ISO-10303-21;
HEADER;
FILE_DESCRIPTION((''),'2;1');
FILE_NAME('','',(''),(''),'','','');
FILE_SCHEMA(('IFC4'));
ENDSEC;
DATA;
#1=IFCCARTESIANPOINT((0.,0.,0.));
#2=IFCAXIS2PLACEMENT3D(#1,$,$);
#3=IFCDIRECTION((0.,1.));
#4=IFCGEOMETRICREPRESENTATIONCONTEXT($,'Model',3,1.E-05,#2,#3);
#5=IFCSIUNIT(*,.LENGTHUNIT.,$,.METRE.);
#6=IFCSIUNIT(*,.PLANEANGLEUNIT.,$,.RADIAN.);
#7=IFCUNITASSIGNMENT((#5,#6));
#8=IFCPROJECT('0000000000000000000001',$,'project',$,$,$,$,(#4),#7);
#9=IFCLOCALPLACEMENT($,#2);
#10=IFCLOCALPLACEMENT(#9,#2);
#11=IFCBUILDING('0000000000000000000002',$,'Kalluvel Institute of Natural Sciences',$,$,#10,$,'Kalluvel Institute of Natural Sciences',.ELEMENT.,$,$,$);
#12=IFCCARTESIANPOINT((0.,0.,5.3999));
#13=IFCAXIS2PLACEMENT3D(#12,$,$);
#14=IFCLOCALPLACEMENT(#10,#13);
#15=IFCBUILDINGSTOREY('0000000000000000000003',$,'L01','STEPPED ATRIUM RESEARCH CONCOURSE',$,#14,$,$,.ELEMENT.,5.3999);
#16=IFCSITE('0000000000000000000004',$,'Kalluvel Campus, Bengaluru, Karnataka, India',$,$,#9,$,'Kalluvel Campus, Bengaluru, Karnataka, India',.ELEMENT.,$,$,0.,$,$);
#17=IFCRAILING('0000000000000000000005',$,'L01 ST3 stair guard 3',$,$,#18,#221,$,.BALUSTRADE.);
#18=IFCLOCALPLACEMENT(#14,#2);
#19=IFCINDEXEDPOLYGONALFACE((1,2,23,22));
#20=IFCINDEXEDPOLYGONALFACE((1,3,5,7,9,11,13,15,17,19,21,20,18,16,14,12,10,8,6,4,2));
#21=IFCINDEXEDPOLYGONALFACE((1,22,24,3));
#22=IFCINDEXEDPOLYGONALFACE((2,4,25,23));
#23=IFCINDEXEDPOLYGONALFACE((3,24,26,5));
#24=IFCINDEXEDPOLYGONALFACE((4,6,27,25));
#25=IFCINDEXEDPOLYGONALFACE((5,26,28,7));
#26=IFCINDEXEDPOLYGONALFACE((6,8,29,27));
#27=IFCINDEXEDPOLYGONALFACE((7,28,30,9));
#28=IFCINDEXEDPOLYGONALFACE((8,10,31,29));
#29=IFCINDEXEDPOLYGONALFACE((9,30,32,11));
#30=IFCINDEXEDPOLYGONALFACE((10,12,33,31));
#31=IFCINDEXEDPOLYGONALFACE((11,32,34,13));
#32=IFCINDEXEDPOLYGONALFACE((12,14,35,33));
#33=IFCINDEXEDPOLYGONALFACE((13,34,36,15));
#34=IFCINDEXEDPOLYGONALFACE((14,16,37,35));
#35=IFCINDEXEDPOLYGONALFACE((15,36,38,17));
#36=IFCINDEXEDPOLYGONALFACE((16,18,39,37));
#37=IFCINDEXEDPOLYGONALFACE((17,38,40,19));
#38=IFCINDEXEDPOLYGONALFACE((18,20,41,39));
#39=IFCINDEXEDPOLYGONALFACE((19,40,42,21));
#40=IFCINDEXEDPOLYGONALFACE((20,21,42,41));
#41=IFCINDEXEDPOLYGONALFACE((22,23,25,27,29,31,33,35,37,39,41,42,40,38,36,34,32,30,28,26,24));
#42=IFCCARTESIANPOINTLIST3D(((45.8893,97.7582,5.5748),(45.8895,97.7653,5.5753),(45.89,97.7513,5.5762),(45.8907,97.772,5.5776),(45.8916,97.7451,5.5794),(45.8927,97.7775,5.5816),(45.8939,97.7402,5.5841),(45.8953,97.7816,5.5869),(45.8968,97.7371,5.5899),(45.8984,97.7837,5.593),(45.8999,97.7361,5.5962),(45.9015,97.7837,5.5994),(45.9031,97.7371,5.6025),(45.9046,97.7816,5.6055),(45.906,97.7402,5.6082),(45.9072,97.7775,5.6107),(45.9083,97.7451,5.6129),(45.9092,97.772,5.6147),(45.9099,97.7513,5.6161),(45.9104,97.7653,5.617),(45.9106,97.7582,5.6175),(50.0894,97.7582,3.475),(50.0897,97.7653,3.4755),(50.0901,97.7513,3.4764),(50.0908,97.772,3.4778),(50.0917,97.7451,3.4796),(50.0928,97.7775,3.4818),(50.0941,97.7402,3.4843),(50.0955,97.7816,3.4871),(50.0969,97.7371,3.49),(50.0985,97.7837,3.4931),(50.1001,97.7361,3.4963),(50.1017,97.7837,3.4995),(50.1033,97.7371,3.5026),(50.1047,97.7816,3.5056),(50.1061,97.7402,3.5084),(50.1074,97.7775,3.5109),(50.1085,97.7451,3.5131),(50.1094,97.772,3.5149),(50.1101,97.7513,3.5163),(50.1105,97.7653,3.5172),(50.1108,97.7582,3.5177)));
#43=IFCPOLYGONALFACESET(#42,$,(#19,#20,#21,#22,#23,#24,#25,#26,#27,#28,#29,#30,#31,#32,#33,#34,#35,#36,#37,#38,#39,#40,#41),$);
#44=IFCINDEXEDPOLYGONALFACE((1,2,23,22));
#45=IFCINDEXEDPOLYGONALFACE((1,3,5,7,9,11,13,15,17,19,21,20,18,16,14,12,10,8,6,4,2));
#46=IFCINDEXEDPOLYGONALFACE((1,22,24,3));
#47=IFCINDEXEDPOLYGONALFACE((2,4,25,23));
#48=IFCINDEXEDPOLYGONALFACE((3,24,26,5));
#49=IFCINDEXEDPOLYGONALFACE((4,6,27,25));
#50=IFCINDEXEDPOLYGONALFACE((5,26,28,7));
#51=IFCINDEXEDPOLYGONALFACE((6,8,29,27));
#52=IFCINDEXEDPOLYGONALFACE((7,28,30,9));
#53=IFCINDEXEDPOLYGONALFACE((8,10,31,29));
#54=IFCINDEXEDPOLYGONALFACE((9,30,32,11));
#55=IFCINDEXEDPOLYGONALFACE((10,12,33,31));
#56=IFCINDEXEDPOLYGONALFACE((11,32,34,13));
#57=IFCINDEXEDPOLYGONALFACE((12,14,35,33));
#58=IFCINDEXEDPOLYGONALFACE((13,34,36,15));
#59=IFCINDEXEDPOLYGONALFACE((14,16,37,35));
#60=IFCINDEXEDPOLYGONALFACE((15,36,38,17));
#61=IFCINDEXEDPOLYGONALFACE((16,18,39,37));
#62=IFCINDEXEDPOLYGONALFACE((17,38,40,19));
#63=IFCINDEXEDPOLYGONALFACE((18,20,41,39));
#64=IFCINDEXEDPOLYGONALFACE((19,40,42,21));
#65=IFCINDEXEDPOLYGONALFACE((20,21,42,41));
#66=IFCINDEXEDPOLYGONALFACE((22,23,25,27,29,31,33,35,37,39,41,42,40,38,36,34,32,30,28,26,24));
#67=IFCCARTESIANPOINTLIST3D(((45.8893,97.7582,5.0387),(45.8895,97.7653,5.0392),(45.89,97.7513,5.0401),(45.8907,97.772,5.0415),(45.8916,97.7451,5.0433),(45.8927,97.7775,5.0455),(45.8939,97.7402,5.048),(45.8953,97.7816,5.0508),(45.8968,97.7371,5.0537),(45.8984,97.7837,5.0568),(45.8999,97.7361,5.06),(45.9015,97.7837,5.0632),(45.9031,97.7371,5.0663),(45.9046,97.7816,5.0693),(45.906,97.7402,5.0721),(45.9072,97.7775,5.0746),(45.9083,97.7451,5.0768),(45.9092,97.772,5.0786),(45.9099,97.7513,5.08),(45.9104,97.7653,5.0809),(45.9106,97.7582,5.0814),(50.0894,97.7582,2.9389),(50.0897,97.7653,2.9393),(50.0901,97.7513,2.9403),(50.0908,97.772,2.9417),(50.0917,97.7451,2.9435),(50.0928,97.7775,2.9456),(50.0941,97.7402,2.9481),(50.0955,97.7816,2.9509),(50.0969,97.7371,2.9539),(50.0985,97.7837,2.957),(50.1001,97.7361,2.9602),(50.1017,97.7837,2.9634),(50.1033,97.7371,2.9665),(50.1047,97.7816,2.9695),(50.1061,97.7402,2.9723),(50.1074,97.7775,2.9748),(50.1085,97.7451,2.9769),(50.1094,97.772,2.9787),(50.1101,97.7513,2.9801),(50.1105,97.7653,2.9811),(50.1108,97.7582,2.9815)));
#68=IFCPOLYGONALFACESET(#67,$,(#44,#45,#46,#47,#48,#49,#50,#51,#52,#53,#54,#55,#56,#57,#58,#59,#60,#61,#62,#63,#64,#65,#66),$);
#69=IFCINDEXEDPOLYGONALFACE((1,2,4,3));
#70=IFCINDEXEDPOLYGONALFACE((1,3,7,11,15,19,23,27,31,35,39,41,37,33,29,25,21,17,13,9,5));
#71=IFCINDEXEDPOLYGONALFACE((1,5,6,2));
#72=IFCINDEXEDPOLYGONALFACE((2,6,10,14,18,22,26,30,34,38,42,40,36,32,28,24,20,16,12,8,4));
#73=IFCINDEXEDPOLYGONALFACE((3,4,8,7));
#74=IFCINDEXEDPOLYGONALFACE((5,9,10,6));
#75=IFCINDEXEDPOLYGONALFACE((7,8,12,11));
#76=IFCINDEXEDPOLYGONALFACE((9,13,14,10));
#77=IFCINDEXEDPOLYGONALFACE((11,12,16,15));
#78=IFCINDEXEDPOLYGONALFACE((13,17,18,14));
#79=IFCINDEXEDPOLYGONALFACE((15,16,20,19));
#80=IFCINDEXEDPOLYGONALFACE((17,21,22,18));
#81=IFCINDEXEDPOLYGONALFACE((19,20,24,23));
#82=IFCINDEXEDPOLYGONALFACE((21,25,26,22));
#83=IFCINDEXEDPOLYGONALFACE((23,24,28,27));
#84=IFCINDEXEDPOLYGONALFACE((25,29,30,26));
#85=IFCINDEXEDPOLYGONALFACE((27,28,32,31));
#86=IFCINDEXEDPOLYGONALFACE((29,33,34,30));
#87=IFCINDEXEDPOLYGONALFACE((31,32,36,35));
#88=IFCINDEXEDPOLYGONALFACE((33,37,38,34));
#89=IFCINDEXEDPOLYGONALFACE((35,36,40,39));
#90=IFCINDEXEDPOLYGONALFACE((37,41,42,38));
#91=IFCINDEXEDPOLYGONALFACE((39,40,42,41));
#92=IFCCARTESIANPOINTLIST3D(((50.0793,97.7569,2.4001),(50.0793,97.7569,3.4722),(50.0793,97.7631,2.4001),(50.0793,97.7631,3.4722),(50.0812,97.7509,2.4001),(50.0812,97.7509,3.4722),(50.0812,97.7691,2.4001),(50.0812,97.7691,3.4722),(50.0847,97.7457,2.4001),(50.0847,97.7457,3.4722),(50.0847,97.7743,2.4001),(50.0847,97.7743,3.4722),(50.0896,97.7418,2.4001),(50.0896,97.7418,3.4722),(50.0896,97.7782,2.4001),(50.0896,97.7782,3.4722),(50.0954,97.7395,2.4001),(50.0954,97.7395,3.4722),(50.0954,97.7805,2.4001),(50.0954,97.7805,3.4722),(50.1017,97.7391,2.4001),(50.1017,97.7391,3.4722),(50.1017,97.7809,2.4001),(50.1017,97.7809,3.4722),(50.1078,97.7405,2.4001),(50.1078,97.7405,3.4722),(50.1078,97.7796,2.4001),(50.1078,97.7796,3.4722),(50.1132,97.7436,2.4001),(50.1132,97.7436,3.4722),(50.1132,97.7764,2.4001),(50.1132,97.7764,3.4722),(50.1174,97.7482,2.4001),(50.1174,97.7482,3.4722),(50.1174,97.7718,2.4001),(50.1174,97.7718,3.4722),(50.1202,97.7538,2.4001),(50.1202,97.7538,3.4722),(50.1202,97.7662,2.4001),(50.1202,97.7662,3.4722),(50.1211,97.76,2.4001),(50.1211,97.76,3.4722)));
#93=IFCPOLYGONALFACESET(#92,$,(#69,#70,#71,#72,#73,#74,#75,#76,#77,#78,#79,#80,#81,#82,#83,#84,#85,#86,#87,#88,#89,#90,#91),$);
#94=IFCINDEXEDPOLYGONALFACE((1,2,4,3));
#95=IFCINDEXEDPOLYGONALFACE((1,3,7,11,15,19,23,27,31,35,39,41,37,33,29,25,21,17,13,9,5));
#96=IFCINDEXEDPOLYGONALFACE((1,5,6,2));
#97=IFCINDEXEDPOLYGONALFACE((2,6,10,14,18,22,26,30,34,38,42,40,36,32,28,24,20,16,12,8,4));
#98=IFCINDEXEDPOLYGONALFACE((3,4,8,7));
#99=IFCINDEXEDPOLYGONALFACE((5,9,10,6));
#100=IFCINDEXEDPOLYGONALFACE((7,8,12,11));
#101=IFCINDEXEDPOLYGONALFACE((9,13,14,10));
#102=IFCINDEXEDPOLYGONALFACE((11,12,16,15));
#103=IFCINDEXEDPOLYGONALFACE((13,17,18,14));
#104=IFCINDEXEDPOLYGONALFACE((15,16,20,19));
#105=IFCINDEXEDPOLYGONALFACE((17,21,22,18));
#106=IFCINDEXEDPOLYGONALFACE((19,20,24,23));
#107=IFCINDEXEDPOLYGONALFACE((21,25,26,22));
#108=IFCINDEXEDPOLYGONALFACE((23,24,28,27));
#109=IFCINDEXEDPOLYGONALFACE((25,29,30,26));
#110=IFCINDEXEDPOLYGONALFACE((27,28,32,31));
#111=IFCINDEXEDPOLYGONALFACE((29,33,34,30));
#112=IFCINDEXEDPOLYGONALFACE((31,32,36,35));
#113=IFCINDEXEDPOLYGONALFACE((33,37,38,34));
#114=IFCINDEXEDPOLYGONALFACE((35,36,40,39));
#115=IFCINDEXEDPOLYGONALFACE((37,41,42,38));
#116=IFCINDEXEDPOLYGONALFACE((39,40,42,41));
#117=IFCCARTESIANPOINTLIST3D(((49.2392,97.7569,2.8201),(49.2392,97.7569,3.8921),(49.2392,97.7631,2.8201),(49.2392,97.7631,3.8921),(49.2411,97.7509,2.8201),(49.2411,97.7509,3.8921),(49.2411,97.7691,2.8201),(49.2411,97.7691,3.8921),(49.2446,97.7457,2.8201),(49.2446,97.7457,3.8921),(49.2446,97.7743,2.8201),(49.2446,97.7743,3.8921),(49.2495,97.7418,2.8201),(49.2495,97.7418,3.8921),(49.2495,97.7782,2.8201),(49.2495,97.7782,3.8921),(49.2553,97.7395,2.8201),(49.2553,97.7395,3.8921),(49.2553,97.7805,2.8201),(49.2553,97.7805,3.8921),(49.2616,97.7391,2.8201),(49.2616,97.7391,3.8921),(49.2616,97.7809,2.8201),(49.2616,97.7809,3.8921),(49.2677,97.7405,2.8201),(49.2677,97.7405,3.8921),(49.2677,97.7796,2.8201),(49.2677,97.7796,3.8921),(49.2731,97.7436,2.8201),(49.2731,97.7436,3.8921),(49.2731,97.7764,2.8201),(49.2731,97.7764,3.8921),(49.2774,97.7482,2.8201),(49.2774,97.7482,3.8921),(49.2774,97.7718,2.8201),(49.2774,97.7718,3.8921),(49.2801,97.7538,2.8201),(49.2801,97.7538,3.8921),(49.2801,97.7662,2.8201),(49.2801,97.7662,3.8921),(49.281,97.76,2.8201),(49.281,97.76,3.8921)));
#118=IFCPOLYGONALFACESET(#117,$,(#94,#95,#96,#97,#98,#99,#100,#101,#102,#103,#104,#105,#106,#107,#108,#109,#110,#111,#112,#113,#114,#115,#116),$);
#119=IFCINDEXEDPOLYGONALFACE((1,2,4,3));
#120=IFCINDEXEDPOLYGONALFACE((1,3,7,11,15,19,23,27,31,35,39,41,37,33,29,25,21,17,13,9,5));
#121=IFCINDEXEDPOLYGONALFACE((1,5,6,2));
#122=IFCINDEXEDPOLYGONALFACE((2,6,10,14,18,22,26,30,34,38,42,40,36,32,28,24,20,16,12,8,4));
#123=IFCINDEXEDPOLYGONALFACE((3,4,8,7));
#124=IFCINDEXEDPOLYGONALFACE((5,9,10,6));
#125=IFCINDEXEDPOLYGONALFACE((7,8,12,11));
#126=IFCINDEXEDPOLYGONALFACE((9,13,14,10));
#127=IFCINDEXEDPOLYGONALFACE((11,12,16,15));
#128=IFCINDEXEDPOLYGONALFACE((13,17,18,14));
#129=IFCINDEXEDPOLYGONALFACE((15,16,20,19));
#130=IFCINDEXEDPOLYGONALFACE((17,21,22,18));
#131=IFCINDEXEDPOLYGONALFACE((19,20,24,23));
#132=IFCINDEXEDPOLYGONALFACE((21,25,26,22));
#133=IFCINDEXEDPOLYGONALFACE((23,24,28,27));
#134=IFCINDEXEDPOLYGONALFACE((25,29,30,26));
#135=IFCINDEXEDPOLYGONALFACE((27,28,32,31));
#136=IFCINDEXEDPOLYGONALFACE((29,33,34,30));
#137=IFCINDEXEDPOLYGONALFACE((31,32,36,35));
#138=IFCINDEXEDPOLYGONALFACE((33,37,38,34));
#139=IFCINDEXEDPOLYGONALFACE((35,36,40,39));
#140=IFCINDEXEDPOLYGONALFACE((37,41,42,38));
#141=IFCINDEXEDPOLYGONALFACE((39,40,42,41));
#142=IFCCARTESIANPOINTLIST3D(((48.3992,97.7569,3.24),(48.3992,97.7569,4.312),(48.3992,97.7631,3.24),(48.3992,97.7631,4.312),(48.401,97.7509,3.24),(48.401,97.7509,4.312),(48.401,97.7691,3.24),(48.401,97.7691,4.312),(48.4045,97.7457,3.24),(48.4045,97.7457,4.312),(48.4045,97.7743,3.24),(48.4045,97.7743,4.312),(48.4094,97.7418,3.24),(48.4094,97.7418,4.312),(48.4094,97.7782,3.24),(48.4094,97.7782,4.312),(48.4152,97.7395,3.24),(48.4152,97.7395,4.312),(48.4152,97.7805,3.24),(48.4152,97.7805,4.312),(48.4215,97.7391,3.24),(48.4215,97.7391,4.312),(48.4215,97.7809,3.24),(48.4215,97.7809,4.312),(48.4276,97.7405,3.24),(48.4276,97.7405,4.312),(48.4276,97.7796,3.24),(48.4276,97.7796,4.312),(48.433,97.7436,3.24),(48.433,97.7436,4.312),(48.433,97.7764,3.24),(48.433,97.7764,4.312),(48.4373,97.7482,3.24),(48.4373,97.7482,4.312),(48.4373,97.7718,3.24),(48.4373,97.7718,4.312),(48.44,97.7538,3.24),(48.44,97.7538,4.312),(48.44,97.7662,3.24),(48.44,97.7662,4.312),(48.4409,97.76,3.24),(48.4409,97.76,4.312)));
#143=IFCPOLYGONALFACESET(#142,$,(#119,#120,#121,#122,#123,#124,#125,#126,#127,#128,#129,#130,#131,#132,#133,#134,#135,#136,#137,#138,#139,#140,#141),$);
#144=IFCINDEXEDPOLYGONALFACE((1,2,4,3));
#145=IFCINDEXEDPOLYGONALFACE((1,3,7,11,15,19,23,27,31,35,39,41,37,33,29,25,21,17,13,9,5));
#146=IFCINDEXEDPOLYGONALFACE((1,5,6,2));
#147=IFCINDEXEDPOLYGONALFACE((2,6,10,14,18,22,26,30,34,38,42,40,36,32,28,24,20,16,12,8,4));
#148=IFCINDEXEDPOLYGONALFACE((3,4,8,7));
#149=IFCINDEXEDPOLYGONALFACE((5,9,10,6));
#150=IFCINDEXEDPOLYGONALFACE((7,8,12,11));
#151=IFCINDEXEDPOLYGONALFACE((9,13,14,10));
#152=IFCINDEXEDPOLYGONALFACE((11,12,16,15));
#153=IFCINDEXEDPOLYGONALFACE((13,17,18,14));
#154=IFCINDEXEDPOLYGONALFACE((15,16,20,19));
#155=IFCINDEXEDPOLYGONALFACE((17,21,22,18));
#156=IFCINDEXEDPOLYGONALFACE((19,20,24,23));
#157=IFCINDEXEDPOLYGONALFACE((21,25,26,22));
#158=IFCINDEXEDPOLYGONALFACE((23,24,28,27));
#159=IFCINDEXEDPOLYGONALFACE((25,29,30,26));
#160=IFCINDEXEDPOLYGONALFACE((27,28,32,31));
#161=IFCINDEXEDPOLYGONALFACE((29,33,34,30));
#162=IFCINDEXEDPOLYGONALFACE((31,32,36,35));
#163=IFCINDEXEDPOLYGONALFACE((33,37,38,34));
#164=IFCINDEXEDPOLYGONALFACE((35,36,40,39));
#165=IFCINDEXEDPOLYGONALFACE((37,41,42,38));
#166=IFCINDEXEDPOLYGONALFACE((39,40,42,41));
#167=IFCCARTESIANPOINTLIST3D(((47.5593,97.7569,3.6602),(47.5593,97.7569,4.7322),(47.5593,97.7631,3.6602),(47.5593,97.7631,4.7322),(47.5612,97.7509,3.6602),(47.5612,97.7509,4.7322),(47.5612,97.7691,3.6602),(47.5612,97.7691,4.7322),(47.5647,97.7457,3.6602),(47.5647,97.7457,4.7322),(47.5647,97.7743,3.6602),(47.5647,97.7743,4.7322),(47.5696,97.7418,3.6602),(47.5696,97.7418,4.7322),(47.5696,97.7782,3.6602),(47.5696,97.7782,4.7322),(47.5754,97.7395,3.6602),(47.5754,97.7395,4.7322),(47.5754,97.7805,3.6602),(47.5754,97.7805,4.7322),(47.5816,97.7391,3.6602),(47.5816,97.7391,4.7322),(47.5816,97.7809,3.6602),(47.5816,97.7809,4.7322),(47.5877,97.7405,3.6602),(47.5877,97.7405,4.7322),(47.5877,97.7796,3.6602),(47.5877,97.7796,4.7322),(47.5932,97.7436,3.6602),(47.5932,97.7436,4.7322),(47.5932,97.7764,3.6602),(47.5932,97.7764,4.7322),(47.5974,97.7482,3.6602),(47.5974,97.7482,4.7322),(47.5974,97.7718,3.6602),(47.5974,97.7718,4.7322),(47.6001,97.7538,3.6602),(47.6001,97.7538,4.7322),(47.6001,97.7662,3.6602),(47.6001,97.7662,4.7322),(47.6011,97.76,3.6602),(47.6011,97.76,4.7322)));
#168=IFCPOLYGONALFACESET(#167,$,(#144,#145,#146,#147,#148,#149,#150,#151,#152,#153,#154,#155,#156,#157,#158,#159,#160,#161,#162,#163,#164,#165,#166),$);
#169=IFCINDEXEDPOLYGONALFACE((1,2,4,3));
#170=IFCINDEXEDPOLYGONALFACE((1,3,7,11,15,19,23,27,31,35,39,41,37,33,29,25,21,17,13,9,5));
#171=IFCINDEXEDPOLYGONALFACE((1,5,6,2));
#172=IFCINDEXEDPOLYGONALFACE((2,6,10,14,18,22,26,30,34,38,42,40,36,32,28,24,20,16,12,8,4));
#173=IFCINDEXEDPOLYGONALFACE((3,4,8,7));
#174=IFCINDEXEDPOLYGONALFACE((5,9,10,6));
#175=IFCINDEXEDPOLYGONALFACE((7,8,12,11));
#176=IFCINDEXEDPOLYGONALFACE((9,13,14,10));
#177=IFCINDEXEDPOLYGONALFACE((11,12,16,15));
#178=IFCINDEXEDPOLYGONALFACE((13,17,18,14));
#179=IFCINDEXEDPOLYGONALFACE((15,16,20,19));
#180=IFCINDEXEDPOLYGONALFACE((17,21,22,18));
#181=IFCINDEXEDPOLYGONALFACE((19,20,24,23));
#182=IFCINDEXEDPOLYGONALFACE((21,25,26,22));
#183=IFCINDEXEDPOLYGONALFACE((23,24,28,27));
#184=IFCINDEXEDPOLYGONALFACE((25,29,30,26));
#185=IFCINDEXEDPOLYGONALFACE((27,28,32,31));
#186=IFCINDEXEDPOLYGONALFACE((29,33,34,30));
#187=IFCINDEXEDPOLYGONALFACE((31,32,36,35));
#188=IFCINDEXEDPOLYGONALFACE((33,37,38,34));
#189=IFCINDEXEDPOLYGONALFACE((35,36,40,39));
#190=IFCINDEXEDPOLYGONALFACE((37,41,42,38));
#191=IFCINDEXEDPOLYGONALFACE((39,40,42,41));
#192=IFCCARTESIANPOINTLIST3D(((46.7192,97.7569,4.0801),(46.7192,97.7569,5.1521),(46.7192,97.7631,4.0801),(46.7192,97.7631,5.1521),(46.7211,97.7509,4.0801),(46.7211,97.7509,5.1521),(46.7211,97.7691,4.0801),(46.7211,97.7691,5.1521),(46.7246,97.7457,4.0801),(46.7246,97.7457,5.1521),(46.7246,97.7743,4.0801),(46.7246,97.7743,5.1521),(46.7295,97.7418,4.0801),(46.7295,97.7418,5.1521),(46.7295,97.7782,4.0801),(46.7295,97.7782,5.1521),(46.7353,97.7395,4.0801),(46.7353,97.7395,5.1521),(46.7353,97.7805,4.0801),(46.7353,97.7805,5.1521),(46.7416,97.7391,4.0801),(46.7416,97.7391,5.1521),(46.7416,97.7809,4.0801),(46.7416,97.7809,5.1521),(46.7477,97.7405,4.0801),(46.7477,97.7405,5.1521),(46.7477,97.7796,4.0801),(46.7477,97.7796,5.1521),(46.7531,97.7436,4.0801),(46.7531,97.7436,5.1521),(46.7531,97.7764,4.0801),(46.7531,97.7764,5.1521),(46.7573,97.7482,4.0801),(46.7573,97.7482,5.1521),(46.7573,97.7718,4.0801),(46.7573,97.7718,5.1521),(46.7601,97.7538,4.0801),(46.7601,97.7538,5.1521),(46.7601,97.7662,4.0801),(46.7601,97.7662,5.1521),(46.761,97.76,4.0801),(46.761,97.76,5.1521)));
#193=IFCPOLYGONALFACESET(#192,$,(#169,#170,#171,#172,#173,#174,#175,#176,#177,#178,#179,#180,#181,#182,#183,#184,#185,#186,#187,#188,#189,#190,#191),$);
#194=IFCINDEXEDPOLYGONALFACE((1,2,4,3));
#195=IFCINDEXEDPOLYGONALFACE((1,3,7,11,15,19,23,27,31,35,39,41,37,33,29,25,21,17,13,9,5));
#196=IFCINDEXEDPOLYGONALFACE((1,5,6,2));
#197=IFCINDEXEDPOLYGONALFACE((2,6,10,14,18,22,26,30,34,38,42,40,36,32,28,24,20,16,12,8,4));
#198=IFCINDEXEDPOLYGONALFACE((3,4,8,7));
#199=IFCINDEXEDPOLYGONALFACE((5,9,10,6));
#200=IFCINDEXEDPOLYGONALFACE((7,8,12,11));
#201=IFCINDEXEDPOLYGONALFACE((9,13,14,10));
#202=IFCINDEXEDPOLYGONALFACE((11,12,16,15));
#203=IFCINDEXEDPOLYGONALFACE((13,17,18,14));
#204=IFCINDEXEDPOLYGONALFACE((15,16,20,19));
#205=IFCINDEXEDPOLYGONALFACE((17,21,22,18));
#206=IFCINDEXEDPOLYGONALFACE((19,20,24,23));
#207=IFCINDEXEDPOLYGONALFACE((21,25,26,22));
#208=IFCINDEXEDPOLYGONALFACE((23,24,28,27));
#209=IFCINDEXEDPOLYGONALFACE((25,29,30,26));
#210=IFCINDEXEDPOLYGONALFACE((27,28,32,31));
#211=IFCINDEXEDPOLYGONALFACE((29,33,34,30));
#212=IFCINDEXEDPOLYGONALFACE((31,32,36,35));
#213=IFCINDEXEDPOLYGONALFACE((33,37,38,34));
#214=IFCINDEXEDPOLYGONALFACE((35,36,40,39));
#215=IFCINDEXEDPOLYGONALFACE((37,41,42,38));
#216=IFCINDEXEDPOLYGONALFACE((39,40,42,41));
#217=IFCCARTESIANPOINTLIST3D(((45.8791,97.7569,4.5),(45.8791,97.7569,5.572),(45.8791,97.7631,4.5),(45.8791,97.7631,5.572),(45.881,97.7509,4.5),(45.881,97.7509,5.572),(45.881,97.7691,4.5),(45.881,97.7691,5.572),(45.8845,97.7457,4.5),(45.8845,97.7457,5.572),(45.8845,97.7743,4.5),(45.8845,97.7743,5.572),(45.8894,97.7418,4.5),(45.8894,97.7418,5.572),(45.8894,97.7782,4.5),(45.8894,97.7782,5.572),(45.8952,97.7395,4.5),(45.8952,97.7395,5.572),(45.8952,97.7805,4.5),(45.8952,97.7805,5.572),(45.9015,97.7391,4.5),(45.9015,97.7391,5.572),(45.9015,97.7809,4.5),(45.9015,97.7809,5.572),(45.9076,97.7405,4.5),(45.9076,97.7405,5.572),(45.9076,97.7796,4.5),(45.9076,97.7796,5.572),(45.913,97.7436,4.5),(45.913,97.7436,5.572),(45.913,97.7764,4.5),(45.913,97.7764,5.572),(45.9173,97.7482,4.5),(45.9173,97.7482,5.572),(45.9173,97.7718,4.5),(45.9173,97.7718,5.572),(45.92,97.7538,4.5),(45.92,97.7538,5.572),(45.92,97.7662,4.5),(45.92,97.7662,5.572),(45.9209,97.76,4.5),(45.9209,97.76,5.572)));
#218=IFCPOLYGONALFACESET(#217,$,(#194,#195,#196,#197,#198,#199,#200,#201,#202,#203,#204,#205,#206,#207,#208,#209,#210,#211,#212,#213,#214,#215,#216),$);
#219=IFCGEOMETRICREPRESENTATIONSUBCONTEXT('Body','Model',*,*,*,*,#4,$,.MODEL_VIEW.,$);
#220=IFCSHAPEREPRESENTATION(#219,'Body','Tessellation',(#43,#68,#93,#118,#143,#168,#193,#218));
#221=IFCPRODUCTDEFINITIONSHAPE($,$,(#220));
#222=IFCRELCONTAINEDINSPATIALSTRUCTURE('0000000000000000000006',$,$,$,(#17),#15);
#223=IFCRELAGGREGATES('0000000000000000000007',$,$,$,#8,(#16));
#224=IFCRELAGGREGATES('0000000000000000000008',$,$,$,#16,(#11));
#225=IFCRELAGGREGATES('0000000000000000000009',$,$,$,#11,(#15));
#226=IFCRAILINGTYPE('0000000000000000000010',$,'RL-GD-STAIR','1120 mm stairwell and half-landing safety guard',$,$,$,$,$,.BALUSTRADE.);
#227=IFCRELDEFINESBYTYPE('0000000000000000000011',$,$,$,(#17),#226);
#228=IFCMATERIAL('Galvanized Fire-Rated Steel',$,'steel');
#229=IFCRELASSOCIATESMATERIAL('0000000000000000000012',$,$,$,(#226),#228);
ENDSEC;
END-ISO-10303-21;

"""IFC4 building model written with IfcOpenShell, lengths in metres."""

from ifc_helpers import new_model, si_unit, direction, frame, origin, origin_2d, place, context, subcontext, project, spatial, circle, extrude, material, type_object, element, save


model = new_model("IFC4")

# Units and contexts
model_context = context("Model", 3, precision=1e-05, world=origin(), true_north=direction((0.0, 1.0)))
body_context = subcontext(model_context, "Body", "Model", "MODEL_VIEW")
ifc_project = project(units=[si_unit("LENGTHUNIT", "METRE"), si_unit("PLANEANGLEUNIT", "RADIAN")], contexts=[model_context])

# Site, building, storey
site_placement = place(None, origin())
site = spatial("IfcSite", under=ifc_project, at=site_placement, Name="Kalluvel Campus, Bengaluru, Karnataka, India", LongName="Kalluvel Campus, Bengaluru, Karnataka, India", CompositionType="ELEMENT", RefElevation=0.0)
building_placement = place(site_placement, origin())
building = spatial("IfcBuilding", under=site, at=building_placement, Name="Kalluvel Institute of Natural Sciences", LongName="Kalluvel Institute of Natural Sciences", CompositionType="ELEMENT")
storey_placement = place(building_placement, frame((0.0, 0.0, 5.3999)))
storey = spatial("IfcBuildingStorey", under=building, at=storey_placement, Name="L01", Description="STEPPED ATRIUM RESEARCH CONCOURSE", CompositionType="ELEMENT", Elevation=5.3999)

# Shared definitions
ifc_material_1 = material(Name="Galvanized Fire-Rated Steel", Category="steel")

# Railing
railing_type_1 = type_object("IfcRailingType", Name="RL-GD-STAIR", Description="1120 mm stairwell and half-landing safety guard", PredefinedType="BALUSTRADE", material=ifc_material_1)
railing_1_placement = place(storey_placement, frame((50.1001, 97.76, 2.4001)))
element("IfcRailing", 1, at=railing_1_placement, inside=storey, type_object=railing_type_1, Name="L01 ST3 stair guard 3", PredefinedType="BALUSTRADE", context=body_context, shape_type="SweptSolid", body=[
    extrude(circle(Radius=0.0239, at=origin_2d()), frame((0.0, 0.0, 1.0962), z_axis=(-0.894448, 0.0, 0.447172), x_axis=(0.0, -1.0, 0.0)), (0.0, 0.0, 1.0), 4.6958),
    extrude(circle(Radius=0.0239, at=origin_2d()), frame((0.0, 0.0, 0.5601), z_axis=(-0.894448, 0.0, 0.447172), x_axis=(0.0, -1.0, 0.0)), (0.0, 0.0, 1.0), 4.6958),
    extrude(circle(Radius=0.021, at=origin_2d()), origin(), (0.0, 0.0, 1.0), 1.072),
    extrude(circle(Radius=0.021, at=origin_2d()), frame((-0.8401, 0.0, 0.4199)), (0.0, 0.0, 1.0), 1.072),
    extrude(circle(Radius=0.021, at=origin_2d()), frame((-1.6802, 0.0, 0.8398)), (0.0, 0.0, 1.0), 1.072),
    extrude(circle(Radius=0.021, at=origin_2d()), frame((-2.52, 0.0, 1.26)), (0.0, 0.0, 1.0), 1.072),
    extrude(circle(Radius=0.021, at=origin_2d()), frame((-3.3601, 0.0, 1.6799)), (0.0, 0.0, 1.0), 1.072),
    extrude(circle(Radius=0.021, at=origin_2d()), frame((-4.2002, 0.0, 2.0999)), (0.0, 0.0, 1.0), 1.072),
])

save(model, "model.ifc")
